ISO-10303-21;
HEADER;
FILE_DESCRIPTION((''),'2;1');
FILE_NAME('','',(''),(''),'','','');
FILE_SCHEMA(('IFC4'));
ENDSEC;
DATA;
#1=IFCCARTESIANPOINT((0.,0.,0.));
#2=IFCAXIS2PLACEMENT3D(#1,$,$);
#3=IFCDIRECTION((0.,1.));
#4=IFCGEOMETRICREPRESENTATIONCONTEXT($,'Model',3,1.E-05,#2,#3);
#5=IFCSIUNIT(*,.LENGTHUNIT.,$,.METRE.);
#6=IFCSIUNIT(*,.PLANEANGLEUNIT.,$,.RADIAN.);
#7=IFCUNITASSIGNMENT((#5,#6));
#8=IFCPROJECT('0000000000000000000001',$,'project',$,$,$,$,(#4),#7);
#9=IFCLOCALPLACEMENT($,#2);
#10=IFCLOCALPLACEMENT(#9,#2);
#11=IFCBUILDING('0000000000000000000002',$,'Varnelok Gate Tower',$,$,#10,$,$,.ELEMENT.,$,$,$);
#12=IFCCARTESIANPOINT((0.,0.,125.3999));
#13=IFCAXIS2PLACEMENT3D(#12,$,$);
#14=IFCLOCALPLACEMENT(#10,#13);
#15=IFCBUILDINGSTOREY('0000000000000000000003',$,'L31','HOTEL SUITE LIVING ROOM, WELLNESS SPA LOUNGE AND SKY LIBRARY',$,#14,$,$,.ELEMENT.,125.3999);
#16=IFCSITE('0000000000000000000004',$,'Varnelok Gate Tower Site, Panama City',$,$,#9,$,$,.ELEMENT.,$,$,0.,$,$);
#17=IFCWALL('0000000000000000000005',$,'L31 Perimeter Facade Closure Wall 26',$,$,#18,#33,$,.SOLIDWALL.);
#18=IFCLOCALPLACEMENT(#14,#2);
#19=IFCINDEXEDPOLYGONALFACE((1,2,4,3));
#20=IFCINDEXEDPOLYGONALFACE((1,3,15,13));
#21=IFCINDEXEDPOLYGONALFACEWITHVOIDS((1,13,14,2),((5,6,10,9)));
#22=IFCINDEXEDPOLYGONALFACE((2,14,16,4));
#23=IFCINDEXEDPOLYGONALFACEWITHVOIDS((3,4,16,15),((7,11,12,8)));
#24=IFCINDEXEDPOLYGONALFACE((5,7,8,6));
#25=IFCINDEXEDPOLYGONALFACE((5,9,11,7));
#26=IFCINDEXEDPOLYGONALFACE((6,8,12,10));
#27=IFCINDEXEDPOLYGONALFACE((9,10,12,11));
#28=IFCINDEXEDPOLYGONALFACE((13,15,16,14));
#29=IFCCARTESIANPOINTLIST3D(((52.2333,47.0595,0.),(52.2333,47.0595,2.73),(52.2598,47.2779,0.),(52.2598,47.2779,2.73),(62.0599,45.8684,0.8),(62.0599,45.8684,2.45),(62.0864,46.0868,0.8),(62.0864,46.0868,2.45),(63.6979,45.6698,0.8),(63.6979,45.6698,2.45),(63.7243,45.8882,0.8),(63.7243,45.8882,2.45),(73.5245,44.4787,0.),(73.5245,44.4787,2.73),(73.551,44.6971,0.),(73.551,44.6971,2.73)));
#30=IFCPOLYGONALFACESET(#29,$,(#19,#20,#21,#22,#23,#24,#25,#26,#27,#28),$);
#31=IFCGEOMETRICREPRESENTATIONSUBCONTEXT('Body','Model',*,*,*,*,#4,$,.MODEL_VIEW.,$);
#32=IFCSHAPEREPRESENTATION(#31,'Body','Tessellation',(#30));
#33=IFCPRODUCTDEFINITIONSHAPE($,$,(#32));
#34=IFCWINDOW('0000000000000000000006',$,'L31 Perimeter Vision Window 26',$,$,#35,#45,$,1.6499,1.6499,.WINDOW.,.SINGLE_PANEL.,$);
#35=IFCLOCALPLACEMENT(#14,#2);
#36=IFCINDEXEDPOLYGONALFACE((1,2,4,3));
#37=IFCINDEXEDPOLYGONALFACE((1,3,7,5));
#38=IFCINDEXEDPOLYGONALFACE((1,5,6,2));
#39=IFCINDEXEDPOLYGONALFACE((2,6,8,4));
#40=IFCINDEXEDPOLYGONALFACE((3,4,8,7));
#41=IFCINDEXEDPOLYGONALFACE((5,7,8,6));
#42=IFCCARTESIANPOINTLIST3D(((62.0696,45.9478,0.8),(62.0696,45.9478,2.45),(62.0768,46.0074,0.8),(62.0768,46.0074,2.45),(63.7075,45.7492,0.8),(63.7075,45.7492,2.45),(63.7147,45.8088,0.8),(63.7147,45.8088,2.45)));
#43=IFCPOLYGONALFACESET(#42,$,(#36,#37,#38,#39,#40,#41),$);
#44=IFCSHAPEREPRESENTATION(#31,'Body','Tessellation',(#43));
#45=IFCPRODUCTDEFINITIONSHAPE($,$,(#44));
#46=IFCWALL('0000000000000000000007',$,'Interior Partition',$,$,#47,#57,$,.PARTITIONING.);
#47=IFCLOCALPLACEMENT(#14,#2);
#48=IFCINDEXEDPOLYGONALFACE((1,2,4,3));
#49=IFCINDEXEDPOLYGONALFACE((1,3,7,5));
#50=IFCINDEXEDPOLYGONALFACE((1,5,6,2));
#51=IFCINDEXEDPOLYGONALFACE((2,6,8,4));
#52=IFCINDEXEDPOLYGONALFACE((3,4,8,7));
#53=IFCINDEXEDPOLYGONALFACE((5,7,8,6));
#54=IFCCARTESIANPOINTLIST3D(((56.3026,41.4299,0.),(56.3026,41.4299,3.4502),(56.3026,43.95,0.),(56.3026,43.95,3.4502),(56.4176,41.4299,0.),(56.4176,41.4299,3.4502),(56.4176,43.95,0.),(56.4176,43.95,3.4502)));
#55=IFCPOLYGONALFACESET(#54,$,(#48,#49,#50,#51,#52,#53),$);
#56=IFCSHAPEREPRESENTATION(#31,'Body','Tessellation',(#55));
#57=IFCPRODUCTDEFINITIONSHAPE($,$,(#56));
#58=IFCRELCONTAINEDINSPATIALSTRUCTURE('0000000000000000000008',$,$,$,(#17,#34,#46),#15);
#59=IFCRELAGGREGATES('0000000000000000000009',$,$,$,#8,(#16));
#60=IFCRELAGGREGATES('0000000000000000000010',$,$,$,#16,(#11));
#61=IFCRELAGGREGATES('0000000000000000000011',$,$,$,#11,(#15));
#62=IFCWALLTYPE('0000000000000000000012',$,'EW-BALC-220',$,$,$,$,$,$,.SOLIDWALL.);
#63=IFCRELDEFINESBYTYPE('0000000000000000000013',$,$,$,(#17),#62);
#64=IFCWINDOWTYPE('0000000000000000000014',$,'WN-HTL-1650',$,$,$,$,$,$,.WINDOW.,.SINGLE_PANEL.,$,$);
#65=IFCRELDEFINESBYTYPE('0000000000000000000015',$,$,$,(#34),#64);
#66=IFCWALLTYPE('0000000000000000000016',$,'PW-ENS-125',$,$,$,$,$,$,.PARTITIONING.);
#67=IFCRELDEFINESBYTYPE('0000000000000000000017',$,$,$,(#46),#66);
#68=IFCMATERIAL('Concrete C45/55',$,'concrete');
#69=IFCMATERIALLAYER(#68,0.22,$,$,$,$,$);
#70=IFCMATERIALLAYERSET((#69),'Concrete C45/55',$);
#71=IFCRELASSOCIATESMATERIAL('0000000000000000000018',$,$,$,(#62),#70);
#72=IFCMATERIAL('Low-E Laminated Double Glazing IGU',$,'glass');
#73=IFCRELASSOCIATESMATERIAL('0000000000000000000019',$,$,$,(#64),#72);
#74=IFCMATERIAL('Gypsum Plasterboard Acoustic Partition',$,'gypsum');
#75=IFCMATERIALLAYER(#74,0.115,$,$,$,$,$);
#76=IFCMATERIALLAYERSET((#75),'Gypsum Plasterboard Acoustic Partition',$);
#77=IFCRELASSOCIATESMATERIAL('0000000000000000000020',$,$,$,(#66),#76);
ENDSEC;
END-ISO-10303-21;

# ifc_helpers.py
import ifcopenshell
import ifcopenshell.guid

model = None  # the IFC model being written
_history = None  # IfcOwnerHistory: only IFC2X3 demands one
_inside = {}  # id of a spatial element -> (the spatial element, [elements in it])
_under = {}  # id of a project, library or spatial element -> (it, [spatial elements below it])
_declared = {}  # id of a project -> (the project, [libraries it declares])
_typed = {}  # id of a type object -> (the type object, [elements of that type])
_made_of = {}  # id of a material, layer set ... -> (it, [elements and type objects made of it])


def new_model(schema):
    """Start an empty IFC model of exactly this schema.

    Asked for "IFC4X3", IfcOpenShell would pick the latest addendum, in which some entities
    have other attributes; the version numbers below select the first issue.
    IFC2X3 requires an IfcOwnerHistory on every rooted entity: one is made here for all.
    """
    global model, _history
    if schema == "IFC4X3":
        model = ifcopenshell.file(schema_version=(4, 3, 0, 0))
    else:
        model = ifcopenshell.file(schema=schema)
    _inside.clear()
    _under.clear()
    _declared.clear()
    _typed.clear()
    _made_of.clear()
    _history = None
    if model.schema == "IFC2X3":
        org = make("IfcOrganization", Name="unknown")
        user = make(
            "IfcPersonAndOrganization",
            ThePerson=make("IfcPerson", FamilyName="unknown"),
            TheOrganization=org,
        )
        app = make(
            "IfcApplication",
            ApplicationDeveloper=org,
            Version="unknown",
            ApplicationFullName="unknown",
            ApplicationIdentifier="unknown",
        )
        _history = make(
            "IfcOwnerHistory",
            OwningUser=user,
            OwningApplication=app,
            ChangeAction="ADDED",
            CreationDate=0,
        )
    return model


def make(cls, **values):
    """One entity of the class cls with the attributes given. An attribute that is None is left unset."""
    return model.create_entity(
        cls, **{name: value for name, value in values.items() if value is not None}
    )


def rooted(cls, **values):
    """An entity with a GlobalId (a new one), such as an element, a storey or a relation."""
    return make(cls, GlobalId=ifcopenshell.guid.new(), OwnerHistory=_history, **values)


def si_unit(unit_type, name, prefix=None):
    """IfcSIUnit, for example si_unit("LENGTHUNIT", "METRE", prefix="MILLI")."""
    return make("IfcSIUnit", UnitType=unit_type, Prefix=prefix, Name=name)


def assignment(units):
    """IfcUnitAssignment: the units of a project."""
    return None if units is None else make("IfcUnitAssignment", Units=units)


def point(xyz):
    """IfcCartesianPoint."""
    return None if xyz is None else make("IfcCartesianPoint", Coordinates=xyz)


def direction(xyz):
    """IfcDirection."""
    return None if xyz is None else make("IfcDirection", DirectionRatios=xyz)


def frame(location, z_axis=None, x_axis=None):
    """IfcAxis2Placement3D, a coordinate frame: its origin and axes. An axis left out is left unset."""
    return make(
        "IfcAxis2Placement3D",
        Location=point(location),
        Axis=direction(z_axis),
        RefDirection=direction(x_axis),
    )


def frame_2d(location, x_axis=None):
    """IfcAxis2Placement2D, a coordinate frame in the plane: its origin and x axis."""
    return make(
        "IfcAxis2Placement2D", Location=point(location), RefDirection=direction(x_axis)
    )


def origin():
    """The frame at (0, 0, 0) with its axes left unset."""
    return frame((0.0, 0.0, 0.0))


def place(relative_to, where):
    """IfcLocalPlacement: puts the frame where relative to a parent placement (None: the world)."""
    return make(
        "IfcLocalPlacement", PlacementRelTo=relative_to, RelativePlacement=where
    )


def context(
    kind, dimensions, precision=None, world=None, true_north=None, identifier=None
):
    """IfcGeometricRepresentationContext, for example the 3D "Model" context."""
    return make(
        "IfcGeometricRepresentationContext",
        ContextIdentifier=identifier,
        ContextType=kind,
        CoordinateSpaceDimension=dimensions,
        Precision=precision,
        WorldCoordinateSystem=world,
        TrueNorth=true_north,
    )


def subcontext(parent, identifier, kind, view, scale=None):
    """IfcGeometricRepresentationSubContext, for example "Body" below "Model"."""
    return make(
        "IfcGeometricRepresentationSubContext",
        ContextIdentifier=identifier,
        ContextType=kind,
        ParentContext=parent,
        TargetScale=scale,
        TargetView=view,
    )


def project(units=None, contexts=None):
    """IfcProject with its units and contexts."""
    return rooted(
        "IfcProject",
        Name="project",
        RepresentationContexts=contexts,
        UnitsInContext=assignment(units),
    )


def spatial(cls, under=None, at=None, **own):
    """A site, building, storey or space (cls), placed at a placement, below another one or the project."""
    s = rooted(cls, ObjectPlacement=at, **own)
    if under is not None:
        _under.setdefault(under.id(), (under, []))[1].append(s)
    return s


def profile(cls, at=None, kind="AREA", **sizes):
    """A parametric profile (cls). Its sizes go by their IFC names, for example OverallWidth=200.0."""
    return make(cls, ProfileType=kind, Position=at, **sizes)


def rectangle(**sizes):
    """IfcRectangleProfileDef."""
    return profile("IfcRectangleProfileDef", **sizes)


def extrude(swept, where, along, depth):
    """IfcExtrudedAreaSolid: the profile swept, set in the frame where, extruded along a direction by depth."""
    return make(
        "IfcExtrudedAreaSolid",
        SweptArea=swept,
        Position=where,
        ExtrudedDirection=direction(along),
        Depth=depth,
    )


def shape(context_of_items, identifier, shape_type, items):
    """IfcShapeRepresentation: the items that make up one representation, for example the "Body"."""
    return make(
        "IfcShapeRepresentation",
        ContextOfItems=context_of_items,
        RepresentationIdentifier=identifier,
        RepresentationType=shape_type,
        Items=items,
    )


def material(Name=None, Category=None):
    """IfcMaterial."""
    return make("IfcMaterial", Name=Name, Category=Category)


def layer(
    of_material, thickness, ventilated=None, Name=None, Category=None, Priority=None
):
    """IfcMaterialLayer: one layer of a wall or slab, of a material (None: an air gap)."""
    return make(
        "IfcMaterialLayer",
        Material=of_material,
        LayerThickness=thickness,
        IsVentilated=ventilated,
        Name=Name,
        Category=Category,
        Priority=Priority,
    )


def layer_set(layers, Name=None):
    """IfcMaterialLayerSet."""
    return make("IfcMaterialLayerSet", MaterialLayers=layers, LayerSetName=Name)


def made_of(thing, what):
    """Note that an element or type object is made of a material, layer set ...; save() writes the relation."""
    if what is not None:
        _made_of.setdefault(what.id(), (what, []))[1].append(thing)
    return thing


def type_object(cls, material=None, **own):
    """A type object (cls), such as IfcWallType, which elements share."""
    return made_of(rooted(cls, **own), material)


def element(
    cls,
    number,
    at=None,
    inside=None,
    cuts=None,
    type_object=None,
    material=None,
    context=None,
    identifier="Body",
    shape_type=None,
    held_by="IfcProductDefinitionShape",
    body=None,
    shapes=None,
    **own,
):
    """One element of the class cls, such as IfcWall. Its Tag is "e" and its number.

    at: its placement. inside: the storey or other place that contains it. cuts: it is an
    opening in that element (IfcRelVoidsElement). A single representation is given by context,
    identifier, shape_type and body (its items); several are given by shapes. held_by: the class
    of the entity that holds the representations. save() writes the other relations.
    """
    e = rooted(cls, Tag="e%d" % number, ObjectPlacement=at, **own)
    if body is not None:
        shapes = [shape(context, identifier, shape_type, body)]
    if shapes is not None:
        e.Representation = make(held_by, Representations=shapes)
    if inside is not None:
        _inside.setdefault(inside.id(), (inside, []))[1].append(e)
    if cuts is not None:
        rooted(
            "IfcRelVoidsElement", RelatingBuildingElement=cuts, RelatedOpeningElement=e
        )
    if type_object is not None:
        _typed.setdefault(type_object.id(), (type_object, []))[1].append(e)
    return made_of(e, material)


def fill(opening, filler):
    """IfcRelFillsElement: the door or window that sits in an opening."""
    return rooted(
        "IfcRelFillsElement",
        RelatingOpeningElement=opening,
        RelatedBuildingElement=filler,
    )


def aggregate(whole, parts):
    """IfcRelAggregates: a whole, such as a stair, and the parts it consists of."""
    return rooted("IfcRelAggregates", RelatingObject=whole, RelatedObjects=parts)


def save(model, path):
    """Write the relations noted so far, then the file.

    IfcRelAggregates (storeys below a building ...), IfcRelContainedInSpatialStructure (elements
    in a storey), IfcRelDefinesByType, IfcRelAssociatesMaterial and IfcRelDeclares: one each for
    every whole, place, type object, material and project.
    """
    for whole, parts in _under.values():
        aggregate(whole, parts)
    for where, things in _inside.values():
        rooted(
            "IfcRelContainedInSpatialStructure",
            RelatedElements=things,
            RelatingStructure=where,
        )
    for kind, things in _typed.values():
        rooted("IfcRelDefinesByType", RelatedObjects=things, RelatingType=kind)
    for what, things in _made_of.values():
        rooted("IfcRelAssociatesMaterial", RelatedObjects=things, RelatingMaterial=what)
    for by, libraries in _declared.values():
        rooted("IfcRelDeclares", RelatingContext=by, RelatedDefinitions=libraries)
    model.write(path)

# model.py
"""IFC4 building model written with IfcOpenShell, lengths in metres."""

from ifc_helpers import new_model, si_unit, direction, frame, frame_2d, origin, place, context, subcontext, project, spatial, rectangle, extrude, material, layer, layer_set, type_object, element, fill, save


model = new_model("IFC4")

# Units and contexts
model_context = context("Model", 3, precision=1e-05, world=origin(), true_north=direction((0.0, 1.0)))
body_context = subcontext(model_context, "Body", "Model", "MODEL_VIEW")
ifc_project = project(units=[si_unit("LENGTHUNIT", "METRE"), si_unit("PLANEANGLEUNIT", "RADIAN")], contexts=[model_context])

# Site, building, storey
site_placement = place(None, origin())
site = spatial("IfcSite", under=ifc_project, at=site_placement, Name="Varnelok Gate Tower Site, Panama City", CompositionType="ELEMENT", RefElevation=0.0)
building_placement = place(site_placement, origin())
building = spatial("IfcBuilding", under=site, at=building_placement, Name="Varnelok Gate Tower", CompositionType="ELEMENT")
storey_placement = place(building_placement, frame((0.0, 0.0, 125.3999)))
storey = spatial("IfcBuildingStorey", under=building, at=storey_placement, Name="L31", Description="HOTEL SUITE LIVING ROOM, WELLNESS SPA LOUNGE AND SKY LIBRARY", CompositionType="ELEMENT", Elevation=125.3999)

# Shared definitions
ifc_material_1 = material(Name="Low-E Laminated Double Glazing IGU", Category="glass")

# Shared definitions
ifc_material_2 = material(Name="Concrete C45/55", Category="concrete")
ifc_layer_1 = layer(ifc_material_2, 0.22)
ifc_layer_set_1 = layer_set([ifc_layer_1], Name="Concrete C45/55")
wall_type_1 = type_object("IfcWallType", Name="EW-BALC-220", PredefinedType="SOLIDWALL", material=ifc_layer_set_1)

# Wall, opening, window
wall_1_placement = place(storey_placement, frame((73.5378, 44.5879, 0.0), z_axis=(0.0, 0.0, 1.0), x_axis=(-0.992733, 0.120334, 0.0)))
wall_1 = element("IfcWall", 1, at=wall_1_placement, inside=storey, type_object=wall_type_1, Name="L31 Perimeter Facade Closure Wall 26", PredefinedType="SOLIDWALL", context=body_context, shape_type="SweptSolid", body=[
    extrude(rectangle(XDim=21.447, YDim=0.22, at=frame_2d((10.7236, 0.0))), origin(), (0.0, 0.0, 1.0), 2.73),
])
opening_placement = place(wall_1_placement, frame((9.8987, 0.0, 0.8)))
opening = element("IfcOpeningElement", 2, at=opening_placement, cuts=wall_1, PredefinedType="OPENING", context=body_context, shape_type="SweptSolid", body=[
    extrude(rectangle(XDim=1.6499, YDim=1.6499, at=frame_2d((0.825, 0.825))), frame((0.0, 0.1199, 0.0), z_axis=(0.0, -1.0, 0.0), x_axis=(1.0, 0.0, 0.0)), (0.0, 0.0, 1.0), 0.24),
])
window_type = type_object("IfcWindowType", Name="WN-HTL-1650", PartitioningType="SINGLE_PANEL", PredefinedType="WINDOW", material=ifc_material_1)
window_placement = place(opening_placement, origin())
window = element("IfcWindow", 3, at=window_placement, inside=storey, type_object=window_type, Name="L31 Perimeter Vision Window 26", OverallHeight=1.6499, OverallWidth=1.6499, PartitioningType="SINGLE_PANEL", PredefinedType="WINDOW", context=body_context, shape_type="SweptSolid", body=[
    extrude(rectangle(XDim=1.6499, YDim=1.6499, at=frame_2d((0.825, 0.825))), frame((0.0, 0.03, 0.0), z_axis=(0.0, -1.0, 0.0), x_axis=(1.0, 0.0, 0.0)), (0.0, 0.0, 1.0), 0.0601),
])
fill(opening, window)

# Wall
ifc_material_3 = material(Name="Gypsum Plasterboard Acoustic Partition", Category="gypsum")
ifc_layer_2 = layer(ifc_material_3, 0.115)
ifc_layer_set_2 = layer_set([ifc_layer_2], Name="Gypsum Plasterboard Acoustic Partition")
wall_type_2 = type_object("IfcWallType", Name="PW-ENS-125", PredefinedType="PARTITIONING", material=ifc_layer_set_2)
wall_2_placement = place(storey_placement, frame((56.3601, 41.4299, 0.0), z_axis=(0.0, 0.0, 1.0), x_axis=(0.0, 1.0, 0.0)))
element("IfcWall", 4, at=wall_2_placement, inside=storey, type_object=wall_type_2, Name="Interior Partition", PredefinedType="PARTITIONING", context=body_context, shape_type="SweptSolid", body=[
    extrude(rectangle(XDim=2.52, YDim=0.115, at=frame_2d((1.26, 0.0))), origin(), (0.0, 0.0, 1.0), 3.4502),
])

save(model, "model.ifc")
